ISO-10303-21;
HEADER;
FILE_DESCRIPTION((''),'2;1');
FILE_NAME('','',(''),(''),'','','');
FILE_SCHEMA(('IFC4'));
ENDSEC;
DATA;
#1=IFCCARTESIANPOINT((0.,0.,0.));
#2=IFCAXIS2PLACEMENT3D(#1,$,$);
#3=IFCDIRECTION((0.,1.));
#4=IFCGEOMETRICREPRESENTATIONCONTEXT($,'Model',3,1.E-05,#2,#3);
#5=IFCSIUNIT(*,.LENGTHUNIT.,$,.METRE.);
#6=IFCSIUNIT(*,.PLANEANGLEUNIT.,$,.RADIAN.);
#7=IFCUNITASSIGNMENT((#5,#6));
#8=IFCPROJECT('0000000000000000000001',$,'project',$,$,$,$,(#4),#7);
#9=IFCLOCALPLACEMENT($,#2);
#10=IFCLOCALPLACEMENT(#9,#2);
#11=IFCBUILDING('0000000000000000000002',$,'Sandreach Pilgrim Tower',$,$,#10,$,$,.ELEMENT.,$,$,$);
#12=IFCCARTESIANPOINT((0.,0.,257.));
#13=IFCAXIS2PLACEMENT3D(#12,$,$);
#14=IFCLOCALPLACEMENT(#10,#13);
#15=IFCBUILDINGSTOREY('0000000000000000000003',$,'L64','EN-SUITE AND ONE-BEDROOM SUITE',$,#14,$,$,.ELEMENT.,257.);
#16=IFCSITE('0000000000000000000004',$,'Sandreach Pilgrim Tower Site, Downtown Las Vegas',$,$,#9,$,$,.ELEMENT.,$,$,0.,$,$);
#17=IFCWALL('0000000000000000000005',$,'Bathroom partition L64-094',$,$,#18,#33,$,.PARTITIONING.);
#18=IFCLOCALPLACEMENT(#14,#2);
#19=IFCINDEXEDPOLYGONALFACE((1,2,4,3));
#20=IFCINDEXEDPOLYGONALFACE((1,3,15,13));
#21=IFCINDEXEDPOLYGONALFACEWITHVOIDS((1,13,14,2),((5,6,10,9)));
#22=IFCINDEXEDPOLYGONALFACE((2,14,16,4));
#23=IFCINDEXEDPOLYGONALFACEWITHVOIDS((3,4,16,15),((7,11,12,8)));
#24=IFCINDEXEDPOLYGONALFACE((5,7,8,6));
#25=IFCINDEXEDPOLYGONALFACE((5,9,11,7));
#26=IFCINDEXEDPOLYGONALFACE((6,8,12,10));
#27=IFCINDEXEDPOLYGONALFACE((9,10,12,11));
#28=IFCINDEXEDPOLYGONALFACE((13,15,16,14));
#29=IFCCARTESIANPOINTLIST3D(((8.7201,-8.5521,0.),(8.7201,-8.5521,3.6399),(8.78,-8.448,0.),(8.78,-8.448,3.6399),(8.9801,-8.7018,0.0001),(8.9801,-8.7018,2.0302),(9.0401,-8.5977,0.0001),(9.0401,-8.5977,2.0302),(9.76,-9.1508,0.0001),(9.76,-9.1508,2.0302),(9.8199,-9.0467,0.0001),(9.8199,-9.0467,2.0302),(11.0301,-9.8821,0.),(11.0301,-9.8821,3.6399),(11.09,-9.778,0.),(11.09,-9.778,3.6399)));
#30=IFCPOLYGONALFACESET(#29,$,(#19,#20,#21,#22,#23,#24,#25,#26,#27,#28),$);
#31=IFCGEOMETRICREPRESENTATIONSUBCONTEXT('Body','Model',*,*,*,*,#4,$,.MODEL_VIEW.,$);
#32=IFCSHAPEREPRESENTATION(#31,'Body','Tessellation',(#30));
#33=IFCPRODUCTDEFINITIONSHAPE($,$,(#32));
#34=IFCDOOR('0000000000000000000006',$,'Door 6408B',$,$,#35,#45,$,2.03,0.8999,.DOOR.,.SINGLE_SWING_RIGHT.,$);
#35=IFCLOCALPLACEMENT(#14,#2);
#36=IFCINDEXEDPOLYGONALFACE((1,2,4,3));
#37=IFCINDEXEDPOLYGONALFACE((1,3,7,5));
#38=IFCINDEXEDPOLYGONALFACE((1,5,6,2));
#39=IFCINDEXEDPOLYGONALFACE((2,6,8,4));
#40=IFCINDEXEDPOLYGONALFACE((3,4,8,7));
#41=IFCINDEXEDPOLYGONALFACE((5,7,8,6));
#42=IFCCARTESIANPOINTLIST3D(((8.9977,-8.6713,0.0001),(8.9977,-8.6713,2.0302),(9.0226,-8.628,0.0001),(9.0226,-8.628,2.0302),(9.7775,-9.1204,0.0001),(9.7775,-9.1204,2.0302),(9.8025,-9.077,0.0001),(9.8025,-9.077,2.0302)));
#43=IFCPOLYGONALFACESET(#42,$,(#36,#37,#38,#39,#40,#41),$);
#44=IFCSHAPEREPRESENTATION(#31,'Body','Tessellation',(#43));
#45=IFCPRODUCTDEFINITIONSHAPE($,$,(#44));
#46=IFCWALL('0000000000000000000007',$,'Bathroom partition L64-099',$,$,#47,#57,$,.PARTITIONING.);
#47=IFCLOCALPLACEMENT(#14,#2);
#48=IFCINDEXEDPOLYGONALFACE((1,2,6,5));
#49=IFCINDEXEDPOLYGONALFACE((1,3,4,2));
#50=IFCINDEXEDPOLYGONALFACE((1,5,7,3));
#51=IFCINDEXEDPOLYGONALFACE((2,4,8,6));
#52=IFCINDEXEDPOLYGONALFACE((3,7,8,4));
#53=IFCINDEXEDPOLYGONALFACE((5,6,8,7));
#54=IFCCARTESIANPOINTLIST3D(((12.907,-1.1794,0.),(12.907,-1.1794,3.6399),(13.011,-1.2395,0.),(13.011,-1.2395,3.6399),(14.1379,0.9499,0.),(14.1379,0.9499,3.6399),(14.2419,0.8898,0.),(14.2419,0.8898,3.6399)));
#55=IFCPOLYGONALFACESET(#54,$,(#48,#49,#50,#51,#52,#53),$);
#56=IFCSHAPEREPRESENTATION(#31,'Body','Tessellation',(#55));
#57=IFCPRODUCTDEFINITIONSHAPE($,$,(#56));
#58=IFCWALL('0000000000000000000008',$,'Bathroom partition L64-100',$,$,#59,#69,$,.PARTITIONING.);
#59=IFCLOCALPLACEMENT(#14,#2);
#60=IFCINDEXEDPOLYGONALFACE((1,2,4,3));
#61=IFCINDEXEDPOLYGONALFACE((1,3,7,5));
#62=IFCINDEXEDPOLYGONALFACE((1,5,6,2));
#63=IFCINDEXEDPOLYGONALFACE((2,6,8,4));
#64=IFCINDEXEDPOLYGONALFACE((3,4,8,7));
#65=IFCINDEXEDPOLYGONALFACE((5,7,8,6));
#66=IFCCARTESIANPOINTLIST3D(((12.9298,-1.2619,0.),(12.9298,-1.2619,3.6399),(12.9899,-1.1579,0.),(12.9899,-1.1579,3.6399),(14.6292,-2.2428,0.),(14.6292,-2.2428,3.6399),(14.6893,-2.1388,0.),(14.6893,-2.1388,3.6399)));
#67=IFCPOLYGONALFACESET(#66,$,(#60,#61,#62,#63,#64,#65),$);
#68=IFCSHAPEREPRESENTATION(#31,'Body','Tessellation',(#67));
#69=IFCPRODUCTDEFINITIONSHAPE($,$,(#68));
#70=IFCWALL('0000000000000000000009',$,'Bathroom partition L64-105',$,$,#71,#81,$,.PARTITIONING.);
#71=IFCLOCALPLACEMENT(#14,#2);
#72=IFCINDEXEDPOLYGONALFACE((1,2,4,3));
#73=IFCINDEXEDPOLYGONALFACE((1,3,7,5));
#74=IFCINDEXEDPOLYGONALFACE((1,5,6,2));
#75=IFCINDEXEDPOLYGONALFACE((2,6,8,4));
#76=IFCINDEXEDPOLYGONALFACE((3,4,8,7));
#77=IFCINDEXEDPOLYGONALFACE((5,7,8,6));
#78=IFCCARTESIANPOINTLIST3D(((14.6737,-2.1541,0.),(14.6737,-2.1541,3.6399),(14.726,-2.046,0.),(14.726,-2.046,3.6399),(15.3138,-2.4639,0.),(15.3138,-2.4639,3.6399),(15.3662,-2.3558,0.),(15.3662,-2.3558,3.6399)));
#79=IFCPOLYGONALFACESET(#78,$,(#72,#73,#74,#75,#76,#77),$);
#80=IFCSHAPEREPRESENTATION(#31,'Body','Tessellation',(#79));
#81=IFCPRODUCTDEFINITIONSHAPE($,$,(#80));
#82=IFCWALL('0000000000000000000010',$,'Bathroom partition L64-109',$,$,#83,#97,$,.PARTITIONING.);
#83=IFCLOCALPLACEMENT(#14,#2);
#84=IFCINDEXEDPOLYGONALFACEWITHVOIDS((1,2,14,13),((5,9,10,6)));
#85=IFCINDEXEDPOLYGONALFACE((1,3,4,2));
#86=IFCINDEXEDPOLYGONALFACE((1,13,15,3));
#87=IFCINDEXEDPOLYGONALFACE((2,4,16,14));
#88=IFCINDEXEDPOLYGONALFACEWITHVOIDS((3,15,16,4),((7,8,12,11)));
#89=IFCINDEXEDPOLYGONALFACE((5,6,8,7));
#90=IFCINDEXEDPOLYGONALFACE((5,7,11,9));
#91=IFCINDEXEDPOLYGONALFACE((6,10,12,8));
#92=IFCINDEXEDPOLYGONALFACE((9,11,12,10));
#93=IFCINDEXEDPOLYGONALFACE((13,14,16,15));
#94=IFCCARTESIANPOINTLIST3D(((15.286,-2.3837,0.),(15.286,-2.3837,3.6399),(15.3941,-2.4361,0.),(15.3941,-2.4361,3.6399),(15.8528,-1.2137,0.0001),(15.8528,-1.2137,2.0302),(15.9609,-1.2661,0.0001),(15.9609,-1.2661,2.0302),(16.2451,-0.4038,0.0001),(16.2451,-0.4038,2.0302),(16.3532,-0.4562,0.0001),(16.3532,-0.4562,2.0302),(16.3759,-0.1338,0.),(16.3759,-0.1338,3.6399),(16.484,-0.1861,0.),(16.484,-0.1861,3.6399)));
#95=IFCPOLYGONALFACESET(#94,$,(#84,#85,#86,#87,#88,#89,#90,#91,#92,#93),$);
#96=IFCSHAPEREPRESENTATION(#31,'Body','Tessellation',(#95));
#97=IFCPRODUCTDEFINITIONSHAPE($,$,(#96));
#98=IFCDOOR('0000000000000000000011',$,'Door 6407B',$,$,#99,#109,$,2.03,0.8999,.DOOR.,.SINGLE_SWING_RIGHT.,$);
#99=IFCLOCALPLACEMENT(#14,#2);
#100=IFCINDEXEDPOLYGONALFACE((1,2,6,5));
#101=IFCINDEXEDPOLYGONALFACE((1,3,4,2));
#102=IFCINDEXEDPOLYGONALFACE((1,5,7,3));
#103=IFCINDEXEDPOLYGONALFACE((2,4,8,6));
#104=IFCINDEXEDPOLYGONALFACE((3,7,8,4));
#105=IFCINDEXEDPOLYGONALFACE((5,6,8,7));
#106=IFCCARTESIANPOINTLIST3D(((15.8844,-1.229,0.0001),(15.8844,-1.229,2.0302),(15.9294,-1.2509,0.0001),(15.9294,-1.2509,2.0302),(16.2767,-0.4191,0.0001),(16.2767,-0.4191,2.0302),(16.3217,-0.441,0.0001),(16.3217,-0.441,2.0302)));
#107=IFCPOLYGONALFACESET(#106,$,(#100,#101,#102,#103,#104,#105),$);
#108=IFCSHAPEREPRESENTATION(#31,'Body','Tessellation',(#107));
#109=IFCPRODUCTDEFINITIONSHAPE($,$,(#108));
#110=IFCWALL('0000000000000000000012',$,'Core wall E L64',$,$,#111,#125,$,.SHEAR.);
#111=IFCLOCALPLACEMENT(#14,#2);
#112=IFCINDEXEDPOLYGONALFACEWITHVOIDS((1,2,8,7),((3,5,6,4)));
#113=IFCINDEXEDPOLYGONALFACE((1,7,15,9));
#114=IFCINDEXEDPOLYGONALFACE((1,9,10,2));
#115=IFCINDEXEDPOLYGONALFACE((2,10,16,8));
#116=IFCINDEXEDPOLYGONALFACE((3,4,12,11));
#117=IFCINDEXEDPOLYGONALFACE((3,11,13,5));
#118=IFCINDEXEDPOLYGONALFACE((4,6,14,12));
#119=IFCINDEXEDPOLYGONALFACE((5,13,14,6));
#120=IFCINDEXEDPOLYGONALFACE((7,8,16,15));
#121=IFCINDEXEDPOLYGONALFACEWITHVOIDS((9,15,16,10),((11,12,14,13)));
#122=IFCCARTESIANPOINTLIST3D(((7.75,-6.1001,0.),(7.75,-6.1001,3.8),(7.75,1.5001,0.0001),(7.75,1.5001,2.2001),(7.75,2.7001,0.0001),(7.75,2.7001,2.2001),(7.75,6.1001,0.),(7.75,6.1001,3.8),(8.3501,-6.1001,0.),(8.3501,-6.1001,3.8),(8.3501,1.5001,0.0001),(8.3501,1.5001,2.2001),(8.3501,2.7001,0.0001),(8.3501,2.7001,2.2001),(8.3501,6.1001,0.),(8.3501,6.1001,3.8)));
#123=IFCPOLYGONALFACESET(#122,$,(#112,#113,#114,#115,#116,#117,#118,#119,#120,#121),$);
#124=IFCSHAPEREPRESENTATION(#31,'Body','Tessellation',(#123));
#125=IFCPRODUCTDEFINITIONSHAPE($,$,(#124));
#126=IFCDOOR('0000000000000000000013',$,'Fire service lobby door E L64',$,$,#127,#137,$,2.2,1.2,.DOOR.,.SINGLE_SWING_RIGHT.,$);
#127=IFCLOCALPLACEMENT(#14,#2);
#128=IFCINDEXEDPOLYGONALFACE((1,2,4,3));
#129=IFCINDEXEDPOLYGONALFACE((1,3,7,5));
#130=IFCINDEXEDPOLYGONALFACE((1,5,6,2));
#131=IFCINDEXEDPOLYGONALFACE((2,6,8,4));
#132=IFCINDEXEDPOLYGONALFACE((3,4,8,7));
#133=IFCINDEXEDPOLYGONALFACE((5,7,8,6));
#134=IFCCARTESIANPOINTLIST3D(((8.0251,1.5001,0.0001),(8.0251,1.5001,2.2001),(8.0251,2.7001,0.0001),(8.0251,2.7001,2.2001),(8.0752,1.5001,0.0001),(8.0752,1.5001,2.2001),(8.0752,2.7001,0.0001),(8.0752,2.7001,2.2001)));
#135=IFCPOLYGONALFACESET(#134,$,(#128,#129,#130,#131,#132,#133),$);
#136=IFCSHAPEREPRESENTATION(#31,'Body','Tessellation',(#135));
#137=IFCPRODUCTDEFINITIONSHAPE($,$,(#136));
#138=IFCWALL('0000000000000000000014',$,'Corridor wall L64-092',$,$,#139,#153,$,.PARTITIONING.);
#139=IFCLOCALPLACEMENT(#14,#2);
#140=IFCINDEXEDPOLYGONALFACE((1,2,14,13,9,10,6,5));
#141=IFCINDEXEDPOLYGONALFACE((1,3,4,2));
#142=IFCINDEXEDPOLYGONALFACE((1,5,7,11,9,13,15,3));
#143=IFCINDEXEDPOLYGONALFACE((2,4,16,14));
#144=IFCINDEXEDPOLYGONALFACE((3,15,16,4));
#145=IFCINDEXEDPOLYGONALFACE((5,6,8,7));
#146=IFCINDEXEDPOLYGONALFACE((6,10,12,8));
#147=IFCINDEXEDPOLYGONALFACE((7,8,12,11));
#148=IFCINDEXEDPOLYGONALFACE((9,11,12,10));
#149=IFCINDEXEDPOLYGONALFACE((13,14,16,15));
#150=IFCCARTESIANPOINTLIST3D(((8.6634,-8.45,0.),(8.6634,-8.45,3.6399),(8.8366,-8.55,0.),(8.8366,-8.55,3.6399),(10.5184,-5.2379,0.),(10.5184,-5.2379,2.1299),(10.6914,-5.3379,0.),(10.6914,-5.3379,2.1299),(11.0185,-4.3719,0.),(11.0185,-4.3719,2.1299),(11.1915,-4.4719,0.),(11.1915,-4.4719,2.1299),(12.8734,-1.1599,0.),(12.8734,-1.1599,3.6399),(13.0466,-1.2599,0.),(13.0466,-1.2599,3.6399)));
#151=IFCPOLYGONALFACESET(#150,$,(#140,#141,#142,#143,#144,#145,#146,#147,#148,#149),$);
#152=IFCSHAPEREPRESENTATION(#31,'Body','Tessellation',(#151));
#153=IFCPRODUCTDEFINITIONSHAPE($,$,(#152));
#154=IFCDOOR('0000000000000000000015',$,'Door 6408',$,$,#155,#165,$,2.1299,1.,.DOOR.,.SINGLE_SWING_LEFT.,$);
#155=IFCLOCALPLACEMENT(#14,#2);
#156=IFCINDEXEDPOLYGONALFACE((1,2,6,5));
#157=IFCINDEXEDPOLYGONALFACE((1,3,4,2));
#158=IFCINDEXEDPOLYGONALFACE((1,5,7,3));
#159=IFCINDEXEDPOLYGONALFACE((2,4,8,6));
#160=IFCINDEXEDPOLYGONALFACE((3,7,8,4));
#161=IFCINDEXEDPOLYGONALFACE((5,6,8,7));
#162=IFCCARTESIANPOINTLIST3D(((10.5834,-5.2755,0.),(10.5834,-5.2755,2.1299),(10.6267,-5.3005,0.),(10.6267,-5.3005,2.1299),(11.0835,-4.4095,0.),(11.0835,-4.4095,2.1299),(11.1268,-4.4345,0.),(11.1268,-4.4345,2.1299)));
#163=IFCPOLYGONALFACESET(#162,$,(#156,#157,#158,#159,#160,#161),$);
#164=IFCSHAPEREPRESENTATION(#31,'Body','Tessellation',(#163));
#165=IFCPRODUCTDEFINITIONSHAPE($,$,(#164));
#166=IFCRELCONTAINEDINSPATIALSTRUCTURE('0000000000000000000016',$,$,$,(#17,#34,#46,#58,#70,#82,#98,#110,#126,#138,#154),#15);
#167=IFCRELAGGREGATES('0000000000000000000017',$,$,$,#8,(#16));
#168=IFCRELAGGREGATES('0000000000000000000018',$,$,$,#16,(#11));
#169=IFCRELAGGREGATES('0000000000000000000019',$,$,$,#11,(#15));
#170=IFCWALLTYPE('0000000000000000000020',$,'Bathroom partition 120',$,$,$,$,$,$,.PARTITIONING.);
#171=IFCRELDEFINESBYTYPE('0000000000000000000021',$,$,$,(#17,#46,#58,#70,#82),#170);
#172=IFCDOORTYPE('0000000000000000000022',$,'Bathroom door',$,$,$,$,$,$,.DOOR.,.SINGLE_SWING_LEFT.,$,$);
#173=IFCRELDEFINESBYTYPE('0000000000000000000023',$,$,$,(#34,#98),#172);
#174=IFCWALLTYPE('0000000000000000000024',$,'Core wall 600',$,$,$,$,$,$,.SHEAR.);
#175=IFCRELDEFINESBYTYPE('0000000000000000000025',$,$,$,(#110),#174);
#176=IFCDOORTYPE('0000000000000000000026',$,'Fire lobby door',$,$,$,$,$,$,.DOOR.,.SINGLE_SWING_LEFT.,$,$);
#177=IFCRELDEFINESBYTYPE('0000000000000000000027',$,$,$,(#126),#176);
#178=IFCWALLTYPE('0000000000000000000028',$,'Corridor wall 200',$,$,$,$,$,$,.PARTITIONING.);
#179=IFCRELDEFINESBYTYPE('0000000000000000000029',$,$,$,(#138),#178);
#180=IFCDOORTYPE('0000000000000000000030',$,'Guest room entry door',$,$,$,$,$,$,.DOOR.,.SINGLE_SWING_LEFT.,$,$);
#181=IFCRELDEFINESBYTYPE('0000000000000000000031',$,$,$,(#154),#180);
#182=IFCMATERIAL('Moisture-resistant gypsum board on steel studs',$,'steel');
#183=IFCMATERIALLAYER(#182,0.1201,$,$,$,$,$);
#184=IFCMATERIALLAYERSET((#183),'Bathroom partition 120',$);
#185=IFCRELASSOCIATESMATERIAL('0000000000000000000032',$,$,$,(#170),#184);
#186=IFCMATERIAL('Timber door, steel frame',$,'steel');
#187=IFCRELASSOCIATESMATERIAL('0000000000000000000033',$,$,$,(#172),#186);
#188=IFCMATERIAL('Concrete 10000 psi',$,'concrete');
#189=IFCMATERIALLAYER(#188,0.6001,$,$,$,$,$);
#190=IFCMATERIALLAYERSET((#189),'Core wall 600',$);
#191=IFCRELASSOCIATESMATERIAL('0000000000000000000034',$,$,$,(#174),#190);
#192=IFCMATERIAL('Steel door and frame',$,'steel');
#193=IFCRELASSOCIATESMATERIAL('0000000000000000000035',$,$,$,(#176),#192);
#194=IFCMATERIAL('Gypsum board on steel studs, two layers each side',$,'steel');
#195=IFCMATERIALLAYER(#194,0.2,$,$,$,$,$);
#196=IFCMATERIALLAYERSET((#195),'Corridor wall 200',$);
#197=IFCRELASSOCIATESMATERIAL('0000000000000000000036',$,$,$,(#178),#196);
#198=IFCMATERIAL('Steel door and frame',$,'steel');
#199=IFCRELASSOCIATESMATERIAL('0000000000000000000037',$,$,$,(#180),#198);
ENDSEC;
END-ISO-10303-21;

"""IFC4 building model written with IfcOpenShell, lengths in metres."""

from ifc_helpers import new_model, si_unit, direction, frame, frame_2d, origin, place, context, subcontext, project, spatial, rectangle, extrude, material, layer, layer_set, type_object, element, fill, save


model = new_model("IFC4")

# Units and contexts
model_context = context("Model", 3, precision=1e-05, world=origin(), true_north=direction((0.0, 1.0)))
body_context = subcontext(model_context, "Body", "Model", "MODEL_VIEW")
ifc_project = project(units=[si_unit("LENGTHUNIT", "METRE"), si_unit("PLANEANGLEUNIT", "RADIAN")], contexts=[model_context])

# Site, building, storey
site_placement = place(None, origin())
site = spatial("IfcSite", under=ifc_project, at=site_placement, Name="Sandreach Pilgrim Tower Site, Downtown Las Vegas", CompositionType="ELEMENT", RefElevation=0.0)
building_placement = place(site_placement, origin())
building = spatial("IfcBuilding", under=site, at=building_placement, Name="Sandreach Pilgrim Tower", CompositionType="ELEMENT")
storey_placement = place(building_placement, frame((0.0, 0.0, 257.0)))
storey = spatial("IfcBuildingStorey", under=building, at=storey_placement, Name="L64", Description="EN-SUITE AND ONE-BEDROOM SUITE", CompositionType="ELEMENT", Elevation=257.0)

# Shared definitions
ifc_material_1 = material(Name="Moisture-resistant gypsum board on steel studs", Category="steel")
ifc_layer_1 = layer(ifc_material_1, 0.1201)
ifc_layer_set_1 = layer_set([ifc_layer_1], Name="Bathroom partition 120")
wall_type_1 = type_object("IfcWallType", Name="Bathroom partition 120", PredefinedType="PARTITIONING", material=ifc_layer_set_1)

# Wall, opening, door
wall_1_placement = place(storey_placement, frame((11.0601, -9.8301, 0.0), z_axis=(0.0, 0.0, 1.0), x_axis=(-0.866615, 0.498977, 0.0)))
wall_1 = element("IfcWall", 1, at=wall_1_placement, inside=storey, type_object=wall_type_1, Name="Bathroom partition L64-094", PredefinedType="PARTITIONING", context=body_context, shape_type="SweptSolid", body=[
    extrude(rectangle(XDim=2.6655, YDim=0.1201, at=frame_2d((1.3328, 0.0))), origin(), (0.0, 0.0, 1.0), 3.6399),
])
opening_1_placement = place(wall_1_placement, frame((1.4656, 0.0, 0.0)))
opening_1 = element("IfcOpeningElement", 2, at=opening_1_placement, cuts=wall_1, PredefinedType="OPENING", context=body_context, shape_type="SweptSolid", body=[
    extrude(rectangle(XDim=0.8999, YDim=2.03, at=frame_2d((0.45, 1.0151))), frame((0.0, 0.0601, 0.0), z_axis=(0.0, -1.0, 0.0), x_axis=(1.0, 0.0, 0.0)), (0.0, 0.0, 1.0), 0.1201),
])
ifc_material_2 = material(Name="Timber door, steel frame", Category="steel")
door_type_1 = type_object("IfcDoorType", Name="Bathroom door", OperationType="SINGLE_SWING_LEFT", PredefinedType="DOOR", material=ifc_material_2)
door_1_placement = place(opening_1_placement, origin())
door_1 = element("IfcDoor", 3, at=door_1_placement, inside=storey, type_object=door_type_1, Name="Door 6408B", OperationType="SINGLE_SWING_RIGHT", OverallHeight=2.03, OverallWidth=0.8999, PredefinedType="DOOR", context=body_context, shape_type="SweptSolid", body=[
    extrude(rectangle(XDim=0.8999, YDim=2.03, at=frame_2d((0.45, 1.0151))), frame((0.0, 0.0249, 0.0), z_axis=(0.0, -1.0, 0.0), x_axis=(1.0, 0.0, 0.0)), (0.0, 0.0, 1.0), 0.05),
])
fill(opening_1, door_1)

# Walls
wall_2_placement = place(storey_placement, frame((12.959, -1.2095, 0.0), z_axis=(0.0, 0.0, 1.0), x_axis=(0.500473, 0.865752, 0.0)))
element("IfcWall", 4, at=wall_2_placement, inside=storey, type_object=wall_type_1, Name="Bathroom partition L64-099", PredefinedType="PARTITIONING", context=body_context, shape_type="SweptSolid", body=[
    extrude(rectangle(XDim=2.4595, YDim=0.1201, at=frame_2d((1.2297, 0.0))), origin(), (0.0, 0.0, 1.0), 3.6399),
])
wall_3_placement = place(storey_placement, frame((12.96, -1.21, 0.0), z_axis=(0.0, 0.0, 1.0), x_axis=(0.866076, -0.499913, 0.0)))
element("IfcWall", 5, at=wall_3_placement, inside=storey, type_object=wall_type_1, Name="Bathroom partition L64-100", PredefinedType="PARTITIONING", context=body_context, shape_type="SweptSolid", body=[
    extrude(rectangle(XDim=1.9622, YDim=0.1201, at=frame_2d((0.981, 0.0))), origin(), (0.0, 0.0, 1.0), 3.6399),
])
wall_4_placement = place(storey_placement, frame((14.7, -2.1001, 0.0), z_axis=(0.0, 0.0, 1.0), x_axis=(0.90012, -0.435642, 0.0)))
element("IfcWall", 6, at=wall_4_placement, inside=storey, type_object=wall_type_1, Name="Bathroom partition L64-105", PredefinedType="PARTITIONING", context=body_context, shape_type="SweptSolid", body=[
    extrude(rectangle(XDim=0.7112, YDim=0.1201, at=frame_2d((0.3555, 0.0))), origin(), (0.0, 0.0, 1.0), 3.6399),
])

# Walls, openings, doors
wall_5_placement = place(storey_placement, frame((15.3401, -2.4099, 0.0), z_axis=(0.0, 0.0, 1.0), x_axis=(0.435928, 0.899981, 0.0)))
wall_5 = element("IfcWall", 7, at=wall_5_placement, inside=storey, type_object=wall_type_1, Name="Bathroom partition L64-109", PredefinedType="PARTITIONING", context=body_context, shape_type="SweptSolid", body=[
    extrude(rectangle(XDim=2.5, YDim=0.1201, at=frame_2d((1.25, 0.0))), origin(), (0.0, 0.0, 1.0), 3.6399),
])
opening_2_placement = place(wall_5_placement, frame((1.3, 0.0, 0.0)))
opening_2 = element("IfcOpeningElement", 8, at=opening_2_placement, cuts=wall_5, PredefinedType="OPENING", context=body_context, shape_type="SweptSolid", body=[
    extrude(rectangle(XDim=0.8999, YDim=2.03, at=frame_2d((0.45, 1.0151))), frame((0.0, 0.0601, 0.0), z_axis=(0.0, -1.0, 0.0), x_axis=(1.0, 0.0, 0.0)), (0.0, 0.0, 1.0), 0.1201),
])
door_2_placement = place(opening_2_placement, origin())
door_2 = element("IfcDoor", 9, at=door_2_placement, inside=storey, type_object=door_type_1, Name="Door 6407B", OperationType="SINGLE_SWING_RIGHT", OverallHeight=2.03, OverallWidth=0.8999, PredefinedType="DOOR", context=body_context, shape_type="SweptSolid", body=[
    extrude(rectangle(XDim=0.8999, YDim=2.03, at=frame_2d((0.45, 1.0151))), frame((0.0, 0.0249, 0.0), z_axis=(0.0, -1.0, 0.0), x_axis=(1.0, 0.0, 0.0)), (0.0, 0.0, 1.0), 0.05),
])
fill(opening_2, door_2)
ifc_material_3 = material(Name="Concrete 10000 psi", Category="concrete")
ifc_layer_2 = layer(ifc_material_3, 0.6001)
ifc_layer_set_2 = layer_set([ifc_layer_2], Name="Core wall 600")
wall_type_2 = type_object("IfcWallType", Name="Core wall 600", PredefinedType="SHEAR", material=ifc_layer_set_2)
wall_6_placement = place(storey_placement, frame((8.05, -6.1001, 0.0), z_axis=(0.0, 0.0, 1.0), x_axis=(0.0, 1.0, 0.0)))
wall_6 = element("IfcWall", 10, at=wall_6_placement, inside=storey, type_object=wall_type_2, Name="Core wall E L64", PredefinedType="SHEAR", context=body_context, shape_type="SweptSolid", body=[
    extrude(rectangle(XDim=12.2002, YDim=0.6001, at=frame_2d((6.1001, 0.0))), origin(), (0.0, 0.0, 1.0), 3.8),
])
opening_3_placement = place(wall_6_placement, frame((7.6001, 0.0, 0.0)))
opening_3 = element("IfcOpeningElement", 11, at=opening_3_placement, cuts=wall_6, PredefinedType="OPENING", context=body_context, shape_type="SweptSolid", body=[
    extrude(rectangle(XDim=1.2, YDim=2.2, at=frame_2d((0.6001, 1.1001))), frame((0.0, 0.3, 0.0), z_axis=(0.0, -1.0, 0.0), x_axis=(1.0, 0.0, 0.0)), (0.0, 0.0, 1.0), 0.6001),
])
ifc_material_4 = material(Name="Steel door and frame", Category="steel")
door_type_2 = type_object("IfcDoorType", Name="Fire lobby door", OperationType="SINGLE_SWING_LEFT", PredefinedType="DOOR", material=ifc_material_4)
door_3_placement = place(opening_3_placement, origin())
door_3 = element("IfcDoor", 12, at=door_3_placement, inside=storey, type_object=door_type_2, Name="Fire service lobby door E L64", OperationType="SINGLE_SWING_RIGHT", OverallHeight=2.2, OverallWidth=1.2, PredefinedType="DOOR", context=body_context, shape_type="SweptSolid", body=[
    extrude(rectangle(XDim=1.2, YDim=2.2, at=frame_2d((0.6001, 1.1001))), frame((0.0, 0.0249, 0.0), z_axis=(0.0, -1.0, 0.0), x_axis=(1.0, 0.0, 0.0)), (0.0, 0.0, 1.0), 0.05),
])
fill(opening_3, door_3)
ifc_material_5 = material(Name="Gypsum board on steel studs, two layers each side", Category="steel")
ifc_layer_3 = layer(ifc_material_5, 0.2)
ifc_layer_set_3 = layer_set([ifc_layer_3], Name="Corridor wall 200")
wall_type_3 = type_object("IfcWallType", Name="Corridor wall 200", PredefinedType="PARTITIONING", material=ifc_layer_set_3)
wall_7_placement = place(storey_placement, frame((8.75, -8.5, 0.0), z_axis=(0.0, 0.0, 1.0), x_axis=(0.500094, 0.865971, 0.0)))
wall_7 = element("IfcWall", 13, at=wall_7_placement, inside=storey, type_object=wall_type_3, Name="Corridor wall L64-092", PredefinedType="PARTITIONING", context=body_context, shape_type="SweptSolid", body=[
    extrude(rectangle(XDim=8.4185, YDim=0.2, at=frame_2d((4.2092, 0.0))), origin(), (0.0, 0.0, 1.0), 3.6399),
])
opening_4_placement = place(wall_7_placement, frame((3.7092, 0.0, 0.0)))
opening_4 = element("IfcOpeningElement", 14, at=opening_4_placement, cuts=wall_7, PredefinedType="OPENING", context=body_context, shape_type="SweptSolid", body=[
    extrude(rectangle(XDim=1.0, YDim=2.1299, at=frame_2d((0.5, 1.0649))), frame((0.0, 0.1001, 0.0), z_axis=(0.0, -1.0, 0.0), x_axis=(1.0, 0.0, 0.0)), (0.0, 0.0, 1.0), 0.2),
])
ifc_material_6 = material(Name="Steel door and frame", Category="steel")
door_type_3 = type_object("IfcDoorType", Name="Guest room entry door", OperationType="SINGLE_SWING_LEFT", PredefinedType="DOOR", material=ifc_material_6)
door_4_placement = place(opening_4_placement, origin())
door_4 = element("IfcDoor", 15, at=door_4_placement, inside=storey, type_object=door_type_3, Name="Door 6408", OperationType="SINGLE_SWING_LEFT", OverallHeight=2.1299, OverallWidth=1.0, PredefinedType="DOOR", context=body_context, shape_type="SweptSolid", body=[
    extrude(rectangle(XDim=1.0, YDim=2.1299, at=frame_2d((0.5, 1.0649))), frame((0.0, 0.0249, 0.0), z_axis=(0.0, -1.0, 0.0), x_axis=(1.0, 0.0, 0.0)), (0.0, 0.0, 1.0), 0.05),
])
fill(opening_4, door_4)

save(model, "model.ifc")
